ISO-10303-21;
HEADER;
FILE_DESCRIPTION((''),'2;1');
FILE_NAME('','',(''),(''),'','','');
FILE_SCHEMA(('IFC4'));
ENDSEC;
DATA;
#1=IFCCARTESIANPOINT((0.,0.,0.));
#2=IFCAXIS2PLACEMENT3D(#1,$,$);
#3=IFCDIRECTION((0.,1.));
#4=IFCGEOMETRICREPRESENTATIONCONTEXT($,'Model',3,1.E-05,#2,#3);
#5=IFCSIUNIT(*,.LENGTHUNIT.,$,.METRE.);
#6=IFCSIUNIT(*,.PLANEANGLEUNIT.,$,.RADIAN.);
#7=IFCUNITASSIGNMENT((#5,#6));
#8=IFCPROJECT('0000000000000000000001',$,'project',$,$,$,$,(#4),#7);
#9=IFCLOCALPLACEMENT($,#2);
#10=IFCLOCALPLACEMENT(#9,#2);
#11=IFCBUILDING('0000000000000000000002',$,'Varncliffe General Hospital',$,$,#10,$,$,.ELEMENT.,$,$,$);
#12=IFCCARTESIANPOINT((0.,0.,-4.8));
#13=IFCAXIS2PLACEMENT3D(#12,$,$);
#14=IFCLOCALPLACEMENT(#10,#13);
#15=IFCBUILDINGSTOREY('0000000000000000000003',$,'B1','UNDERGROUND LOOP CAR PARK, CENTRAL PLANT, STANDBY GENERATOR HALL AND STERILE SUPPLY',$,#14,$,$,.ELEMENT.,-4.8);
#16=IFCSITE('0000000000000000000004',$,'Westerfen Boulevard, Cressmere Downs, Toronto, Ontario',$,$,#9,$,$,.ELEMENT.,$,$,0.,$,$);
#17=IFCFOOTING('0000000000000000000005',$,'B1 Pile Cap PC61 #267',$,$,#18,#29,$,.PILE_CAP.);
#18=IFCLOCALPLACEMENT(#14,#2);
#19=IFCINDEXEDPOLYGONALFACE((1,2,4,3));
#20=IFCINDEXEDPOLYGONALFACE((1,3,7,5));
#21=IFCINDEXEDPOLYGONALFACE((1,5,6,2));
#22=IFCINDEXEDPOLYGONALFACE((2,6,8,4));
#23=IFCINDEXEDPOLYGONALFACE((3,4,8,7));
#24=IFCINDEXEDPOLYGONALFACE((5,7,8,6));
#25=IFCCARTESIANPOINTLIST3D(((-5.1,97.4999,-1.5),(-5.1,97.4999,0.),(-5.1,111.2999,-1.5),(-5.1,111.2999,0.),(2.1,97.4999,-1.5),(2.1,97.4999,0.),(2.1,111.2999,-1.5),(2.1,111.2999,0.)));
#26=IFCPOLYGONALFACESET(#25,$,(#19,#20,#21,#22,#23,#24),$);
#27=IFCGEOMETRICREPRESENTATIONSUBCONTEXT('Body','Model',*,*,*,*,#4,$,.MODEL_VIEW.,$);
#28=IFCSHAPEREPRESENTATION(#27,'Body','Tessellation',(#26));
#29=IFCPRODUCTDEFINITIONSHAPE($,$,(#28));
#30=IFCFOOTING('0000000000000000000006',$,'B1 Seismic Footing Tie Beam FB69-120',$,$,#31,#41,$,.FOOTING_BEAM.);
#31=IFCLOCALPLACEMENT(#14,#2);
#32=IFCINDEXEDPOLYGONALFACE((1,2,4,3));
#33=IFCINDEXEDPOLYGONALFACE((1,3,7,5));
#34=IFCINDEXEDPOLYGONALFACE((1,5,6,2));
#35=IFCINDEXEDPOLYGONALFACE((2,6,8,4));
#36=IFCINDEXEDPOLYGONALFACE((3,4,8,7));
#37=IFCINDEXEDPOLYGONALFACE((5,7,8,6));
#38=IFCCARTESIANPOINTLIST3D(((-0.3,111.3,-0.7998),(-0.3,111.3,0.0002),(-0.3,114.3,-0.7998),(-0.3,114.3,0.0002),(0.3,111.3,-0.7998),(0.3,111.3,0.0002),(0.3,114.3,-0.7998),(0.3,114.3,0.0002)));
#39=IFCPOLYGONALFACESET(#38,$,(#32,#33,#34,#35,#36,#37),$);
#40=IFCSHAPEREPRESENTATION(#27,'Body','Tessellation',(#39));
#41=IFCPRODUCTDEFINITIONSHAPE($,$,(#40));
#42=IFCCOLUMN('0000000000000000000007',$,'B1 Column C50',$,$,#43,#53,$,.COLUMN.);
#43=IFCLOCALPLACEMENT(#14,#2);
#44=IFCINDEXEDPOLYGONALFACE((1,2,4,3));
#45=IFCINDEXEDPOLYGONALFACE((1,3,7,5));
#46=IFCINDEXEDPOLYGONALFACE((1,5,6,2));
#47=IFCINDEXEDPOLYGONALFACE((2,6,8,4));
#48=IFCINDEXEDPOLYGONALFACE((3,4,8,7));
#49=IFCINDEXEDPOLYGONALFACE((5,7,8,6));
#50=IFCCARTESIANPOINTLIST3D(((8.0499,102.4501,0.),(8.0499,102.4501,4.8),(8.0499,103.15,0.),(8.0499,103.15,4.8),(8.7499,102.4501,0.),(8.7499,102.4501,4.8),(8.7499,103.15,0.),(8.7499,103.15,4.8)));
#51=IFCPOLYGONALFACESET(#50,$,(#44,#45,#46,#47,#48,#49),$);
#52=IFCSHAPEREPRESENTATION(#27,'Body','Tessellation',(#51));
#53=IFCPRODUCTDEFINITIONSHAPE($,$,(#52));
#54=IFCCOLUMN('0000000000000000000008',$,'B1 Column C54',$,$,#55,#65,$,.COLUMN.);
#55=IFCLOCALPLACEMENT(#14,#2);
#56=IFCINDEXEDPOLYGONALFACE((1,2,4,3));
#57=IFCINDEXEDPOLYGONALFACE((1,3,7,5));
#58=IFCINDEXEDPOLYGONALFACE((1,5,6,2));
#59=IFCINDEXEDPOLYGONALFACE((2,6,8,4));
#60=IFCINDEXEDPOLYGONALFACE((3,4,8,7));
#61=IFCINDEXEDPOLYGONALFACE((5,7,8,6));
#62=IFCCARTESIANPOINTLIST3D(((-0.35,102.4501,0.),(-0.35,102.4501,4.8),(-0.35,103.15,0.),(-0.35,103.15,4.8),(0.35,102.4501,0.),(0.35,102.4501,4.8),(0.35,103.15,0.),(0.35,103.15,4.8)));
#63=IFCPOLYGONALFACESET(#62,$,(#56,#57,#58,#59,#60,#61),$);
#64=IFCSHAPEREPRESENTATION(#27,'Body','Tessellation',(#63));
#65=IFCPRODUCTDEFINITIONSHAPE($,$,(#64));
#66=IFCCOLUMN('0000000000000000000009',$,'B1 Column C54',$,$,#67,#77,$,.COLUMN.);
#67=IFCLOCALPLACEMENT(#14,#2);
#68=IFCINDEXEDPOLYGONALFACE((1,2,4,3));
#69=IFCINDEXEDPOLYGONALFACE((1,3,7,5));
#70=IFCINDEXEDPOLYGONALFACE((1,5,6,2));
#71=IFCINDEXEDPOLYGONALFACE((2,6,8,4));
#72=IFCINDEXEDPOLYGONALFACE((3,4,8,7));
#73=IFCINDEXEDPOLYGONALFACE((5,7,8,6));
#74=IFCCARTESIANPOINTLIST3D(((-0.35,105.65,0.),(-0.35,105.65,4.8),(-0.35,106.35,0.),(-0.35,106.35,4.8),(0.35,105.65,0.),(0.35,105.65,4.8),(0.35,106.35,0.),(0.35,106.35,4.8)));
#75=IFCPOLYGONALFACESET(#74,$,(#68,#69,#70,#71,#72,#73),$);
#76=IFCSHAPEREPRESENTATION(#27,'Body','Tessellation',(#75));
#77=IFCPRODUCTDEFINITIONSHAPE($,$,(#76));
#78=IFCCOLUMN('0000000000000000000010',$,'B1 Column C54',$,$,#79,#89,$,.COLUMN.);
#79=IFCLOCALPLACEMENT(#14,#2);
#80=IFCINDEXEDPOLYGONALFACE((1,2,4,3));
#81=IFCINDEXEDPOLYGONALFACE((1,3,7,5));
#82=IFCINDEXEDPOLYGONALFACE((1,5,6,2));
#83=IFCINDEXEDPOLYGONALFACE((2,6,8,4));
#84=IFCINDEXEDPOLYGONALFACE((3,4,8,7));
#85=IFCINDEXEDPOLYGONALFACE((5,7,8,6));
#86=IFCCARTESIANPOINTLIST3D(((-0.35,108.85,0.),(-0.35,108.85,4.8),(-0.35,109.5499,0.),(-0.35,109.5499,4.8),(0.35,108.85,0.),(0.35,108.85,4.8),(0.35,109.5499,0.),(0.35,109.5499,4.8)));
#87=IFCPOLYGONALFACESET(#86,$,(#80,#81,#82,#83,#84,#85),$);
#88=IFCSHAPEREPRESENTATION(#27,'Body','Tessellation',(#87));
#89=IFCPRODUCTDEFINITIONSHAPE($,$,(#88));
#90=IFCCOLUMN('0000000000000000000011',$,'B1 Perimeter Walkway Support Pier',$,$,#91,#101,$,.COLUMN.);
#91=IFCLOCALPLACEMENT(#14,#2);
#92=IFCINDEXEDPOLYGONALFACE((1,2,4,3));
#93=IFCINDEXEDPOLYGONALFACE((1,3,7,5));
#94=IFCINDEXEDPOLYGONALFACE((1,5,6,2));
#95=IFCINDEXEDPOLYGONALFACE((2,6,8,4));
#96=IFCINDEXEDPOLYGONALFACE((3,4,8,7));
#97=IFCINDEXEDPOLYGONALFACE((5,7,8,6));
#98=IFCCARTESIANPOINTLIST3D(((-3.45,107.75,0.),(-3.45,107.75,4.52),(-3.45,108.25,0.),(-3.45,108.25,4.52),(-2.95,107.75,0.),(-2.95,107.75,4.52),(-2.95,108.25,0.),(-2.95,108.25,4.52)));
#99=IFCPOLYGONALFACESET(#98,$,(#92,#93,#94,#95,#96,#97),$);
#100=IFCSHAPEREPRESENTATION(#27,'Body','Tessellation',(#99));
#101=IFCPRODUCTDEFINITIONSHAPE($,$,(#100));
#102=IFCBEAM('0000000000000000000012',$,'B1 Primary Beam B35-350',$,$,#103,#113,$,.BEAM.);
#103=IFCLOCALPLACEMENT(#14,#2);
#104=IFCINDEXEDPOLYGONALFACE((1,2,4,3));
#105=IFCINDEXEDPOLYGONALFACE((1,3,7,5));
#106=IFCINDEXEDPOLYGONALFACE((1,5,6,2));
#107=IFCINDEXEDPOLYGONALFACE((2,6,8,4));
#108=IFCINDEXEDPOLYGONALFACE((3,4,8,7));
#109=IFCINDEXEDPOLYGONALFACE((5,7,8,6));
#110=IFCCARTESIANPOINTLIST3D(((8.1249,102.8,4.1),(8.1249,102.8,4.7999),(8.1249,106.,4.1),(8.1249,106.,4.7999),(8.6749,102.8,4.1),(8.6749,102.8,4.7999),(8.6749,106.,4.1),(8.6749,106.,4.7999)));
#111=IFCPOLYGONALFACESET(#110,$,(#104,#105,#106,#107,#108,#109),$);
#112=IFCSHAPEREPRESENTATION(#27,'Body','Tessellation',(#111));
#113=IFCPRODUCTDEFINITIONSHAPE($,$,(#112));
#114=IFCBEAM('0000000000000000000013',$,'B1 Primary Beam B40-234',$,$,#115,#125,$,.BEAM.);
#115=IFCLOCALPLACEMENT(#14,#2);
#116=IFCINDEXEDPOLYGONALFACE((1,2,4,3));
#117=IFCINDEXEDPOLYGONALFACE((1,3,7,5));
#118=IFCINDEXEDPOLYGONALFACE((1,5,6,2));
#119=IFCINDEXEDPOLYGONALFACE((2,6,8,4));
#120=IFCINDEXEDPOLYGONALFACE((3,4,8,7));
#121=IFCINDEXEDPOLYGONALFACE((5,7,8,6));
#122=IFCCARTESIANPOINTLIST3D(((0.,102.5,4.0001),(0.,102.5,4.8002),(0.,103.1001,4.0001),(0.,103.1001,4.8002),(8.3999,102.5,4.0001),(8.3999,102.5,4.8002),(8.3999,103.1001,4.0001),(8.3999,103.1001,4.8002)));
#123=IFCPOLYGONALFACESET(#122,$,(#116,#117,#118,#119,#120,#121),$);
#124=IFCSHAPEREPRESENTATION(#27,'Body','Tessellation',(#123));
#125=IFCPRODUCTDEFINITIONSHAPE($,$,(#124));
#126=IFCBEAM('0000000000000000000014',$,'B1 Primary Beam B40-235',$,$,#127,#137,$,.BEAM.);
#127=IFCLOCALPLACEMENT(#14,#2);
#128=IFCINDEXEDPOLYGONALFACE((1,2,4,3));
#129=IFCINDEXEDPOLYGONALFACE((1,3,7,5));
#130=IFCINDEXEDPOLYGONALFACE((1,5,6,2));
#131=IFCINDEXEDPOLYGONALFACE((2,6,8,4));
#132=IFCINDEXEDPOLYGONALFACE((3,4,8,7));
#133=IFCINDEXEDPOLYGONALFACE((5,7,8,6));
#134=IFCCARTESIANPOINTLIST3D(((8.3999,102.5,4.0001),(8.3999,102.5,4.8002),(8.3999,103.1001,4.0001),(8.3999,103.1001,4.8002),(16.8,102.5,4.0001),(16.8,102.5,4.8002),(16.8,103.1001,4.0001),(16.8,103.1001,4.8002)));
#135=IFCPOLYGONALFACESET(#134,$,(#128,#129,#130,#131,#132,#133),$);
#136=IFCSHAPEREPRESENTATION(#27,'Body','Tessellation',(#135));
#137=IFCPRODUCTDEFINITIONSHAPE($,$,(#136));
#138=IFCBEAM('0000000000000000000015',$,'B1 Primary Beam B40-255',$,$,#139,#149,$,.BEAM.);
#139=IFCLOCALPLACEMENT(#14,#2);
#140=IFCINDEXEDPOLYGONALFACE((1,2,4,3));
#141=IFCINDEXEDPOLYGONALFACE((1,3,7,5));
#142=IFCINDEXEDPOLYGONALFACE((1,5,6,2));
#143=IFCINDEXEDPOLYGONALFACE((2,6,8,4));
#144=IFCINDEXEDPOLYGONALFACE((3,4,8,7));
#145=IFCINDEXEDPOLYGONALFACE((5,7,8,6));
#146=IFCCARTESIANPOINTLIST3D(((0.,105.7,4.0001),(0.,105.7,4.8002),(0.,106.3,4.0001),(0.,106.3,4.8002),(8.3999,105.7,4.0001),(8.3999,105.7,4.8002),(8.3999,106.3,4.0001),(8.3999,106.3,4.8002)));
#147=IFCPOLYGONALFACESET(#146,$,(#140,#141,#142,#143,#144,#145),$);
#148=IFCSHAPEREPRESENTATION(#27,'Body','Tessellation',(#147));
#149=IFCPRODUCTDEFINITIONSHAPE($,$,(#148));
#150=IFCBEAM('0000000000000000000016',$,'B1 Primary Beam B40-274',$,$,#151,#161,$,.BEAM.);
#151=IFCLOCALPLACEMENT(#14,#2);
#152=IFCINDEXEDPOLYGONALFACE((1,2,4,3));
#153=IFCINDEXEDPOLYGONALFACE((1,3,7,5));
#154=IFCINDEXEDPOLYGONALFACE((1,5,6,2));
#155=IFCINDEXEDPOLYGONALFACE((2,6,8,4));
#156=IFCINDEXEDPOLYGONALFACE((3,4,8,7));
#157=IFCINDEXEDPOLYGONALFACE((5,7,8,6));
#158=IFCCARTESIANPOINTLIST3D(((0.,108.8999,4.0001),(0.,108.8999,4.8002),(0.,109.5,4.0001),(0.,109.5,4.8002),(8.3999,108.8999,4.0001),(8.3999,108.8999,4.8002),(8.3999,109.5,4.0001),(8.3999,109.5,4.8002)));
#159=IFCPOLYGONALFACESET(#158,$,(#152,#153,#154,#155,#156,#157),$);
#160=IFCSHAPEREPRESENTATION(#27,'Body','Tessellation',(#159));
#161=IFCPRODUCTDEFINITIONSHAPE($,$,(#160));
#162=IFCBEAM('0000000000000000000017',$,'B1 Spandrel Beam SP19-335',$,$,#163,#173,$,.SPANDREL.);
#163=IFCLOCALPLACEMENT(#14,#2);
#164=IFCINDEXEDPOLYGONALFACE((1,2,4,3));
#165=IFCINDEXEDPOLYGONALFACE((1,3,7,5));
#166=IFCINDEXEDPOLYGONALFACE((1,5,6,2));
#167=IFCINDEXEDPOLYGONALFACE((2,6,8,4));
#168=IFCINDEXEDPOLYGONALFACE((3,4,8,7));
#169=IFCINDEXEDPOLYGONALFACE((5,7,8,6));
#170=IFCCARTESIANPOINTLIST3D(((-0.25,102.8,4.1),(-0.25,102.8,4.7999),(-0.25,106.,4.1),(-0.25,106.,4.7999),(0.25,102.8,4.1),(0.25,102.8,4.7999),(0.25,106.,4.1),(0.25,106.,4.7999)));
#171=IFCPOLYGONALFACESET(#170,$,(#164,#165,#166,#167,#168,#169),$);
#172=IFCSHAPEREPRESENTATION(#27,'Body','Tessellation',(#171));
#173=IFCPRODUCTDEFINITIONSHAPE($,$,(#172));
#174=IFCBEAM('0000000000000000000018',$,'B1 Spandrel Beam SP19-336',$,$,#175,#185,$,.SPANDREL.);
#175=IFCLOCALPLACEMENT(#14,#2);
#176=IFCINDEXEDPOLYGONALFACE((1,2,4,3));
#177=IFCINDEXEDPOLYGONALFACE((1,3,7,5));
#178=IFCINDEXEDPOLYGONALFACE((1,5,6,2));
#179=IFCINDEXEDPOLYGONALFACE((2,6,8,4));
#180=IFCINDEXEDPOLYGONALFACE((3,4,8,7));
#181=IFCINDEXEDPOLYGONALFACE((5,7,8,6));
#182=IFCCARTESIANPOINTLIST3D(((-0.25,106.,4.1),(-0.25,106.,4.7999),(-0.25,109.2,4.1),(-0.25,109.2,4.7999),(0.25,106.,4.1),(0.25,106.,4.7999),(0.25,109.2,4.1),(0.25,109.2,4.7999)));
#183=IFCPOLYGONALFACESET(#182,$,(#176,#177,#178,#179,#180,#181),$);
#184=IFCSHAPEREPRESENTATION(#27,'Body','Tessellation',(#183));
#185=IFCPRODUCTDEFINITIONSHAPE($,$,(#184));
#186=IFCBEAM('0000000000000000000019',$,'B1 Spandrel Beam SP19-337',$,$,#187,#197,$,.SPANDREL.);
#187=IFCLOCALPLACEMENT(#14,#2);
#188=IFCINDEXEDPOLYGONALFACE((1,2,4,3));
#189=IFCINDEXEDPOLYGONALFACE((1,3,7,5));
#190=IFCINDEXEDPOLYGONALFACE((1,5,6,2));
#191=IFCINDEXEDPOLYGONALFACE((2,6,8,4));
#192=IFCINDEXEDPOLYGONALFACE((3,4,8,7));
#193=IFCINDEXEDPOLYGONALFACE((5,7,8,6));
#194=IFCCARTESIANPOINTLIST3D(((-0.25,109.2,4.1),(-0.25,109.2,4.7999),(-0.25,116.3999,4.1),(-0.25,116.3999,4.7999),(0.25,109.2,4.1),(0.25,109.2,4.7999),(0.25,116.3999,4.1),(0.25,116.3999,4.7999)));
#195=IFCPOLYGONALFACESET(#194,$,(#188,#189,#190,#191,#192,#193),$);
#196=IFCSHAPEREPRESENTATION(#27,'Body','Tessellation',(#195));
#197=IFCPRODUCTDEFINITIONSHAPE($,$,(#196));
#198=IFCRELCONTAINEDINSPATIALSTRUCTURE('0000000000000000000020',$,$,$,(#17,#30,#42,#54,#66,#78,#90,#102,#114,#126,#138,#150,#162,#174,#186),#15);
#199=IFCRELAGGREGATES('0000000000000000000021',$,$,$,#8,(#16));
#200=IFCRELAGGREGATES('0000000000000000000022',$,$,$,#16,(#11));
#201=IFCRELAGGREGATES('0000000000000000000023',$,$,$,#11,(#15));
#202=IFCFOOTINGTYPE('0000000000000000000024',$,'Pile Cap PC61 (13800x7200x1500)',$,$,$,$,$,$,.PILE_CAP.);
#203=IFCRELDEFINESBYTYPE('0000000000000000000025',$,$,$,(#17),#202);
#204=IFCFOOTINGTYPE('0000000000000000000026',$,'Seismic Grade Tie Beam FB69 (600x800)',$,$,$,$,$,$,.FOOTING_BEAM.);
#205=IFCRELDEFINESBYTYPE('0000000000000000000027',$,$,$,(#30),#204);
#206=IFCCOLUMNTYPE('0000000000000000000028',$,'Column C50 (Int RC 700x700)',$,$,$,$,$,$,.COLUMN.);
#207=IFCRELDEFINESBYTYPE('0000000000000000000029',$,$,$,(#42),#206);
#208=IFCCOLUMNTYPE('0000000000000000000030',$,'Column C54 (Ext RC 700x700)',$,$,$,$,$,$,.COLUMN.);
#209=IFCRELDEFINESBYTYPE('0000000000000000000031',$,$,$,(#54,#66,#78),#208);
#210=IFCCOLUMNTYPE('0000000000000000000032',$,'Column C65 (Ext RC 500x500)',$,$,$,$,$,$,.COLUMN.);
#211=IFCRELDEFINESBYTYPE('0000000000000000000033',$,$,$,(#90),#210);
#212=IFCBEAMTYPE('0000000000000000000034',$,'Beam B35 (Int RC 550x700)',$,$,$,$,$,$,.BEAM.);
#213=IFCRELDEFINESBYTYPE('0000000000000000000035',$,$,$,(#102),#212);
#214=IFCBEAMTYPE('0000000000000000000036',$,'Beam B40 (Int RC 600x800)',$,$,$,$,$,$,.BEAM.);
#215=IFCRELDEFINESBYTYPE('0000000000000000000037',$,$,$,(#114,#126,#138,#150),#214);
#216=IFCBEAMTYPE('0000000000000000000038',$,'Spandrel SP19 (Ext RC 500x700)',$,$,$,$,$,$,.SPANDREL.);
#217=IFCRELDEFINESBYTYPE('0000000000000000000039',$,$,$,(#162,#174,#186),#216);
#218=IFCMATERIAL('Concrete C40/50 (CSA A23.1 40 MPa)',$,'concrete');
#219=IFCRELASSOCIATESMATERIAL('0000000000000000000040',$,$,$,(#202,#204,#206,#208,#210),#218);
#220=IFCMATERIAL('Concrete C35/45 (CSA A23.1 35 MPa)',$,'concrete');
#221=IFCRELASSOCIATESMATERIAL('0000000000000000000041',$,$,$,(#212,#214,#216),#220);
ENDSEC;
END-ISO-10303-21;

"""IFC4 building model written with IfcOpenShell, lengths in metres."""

from ifc_helpers import new_model, si_unit, direction, frame, origin, origin_2d, place, context, subcontext, project, spatial, rectangle, extrude, material, material_profile, profile_set, type_object, element, save


model = new_model("IFC4")

# Units and contexts
model_context = context("Model", 3, precision=1e-05, world=origin(), true_north=direction((0.0, 1.0)))
body_context = subcontext(model_context, "Body", "Model", "MODEL_VIEW")
ifc_project = project(units=[si_unit("LENGTHUNIT", "METRE"), si_unit("PLANEANGLEUNIT", "RADIAN")], contexts=[model_context])

# Site, building, storey
site_placement = place(None, origin())
site = spatial("IfcSite", under=ifc_project, at=site_placement, Name="Westerfen Boulevard, Cressmere Downs, Toronto, Ontario", CompositionType="ELEMENT", RefElevation=0.0)
building_placement = place(site_placement, origin())
building = spatial("IfcBuilding", under=site, at=building_placement, Name="Varncliffe General Hospital", CompositionType="ELEMENT")
storey_placement = place(building_placement, frame((0.0, 0.0, -4.8)))
storey = spatial("IfcBuildingStorey", under=building, at=storey_placement, Name="B1", Description="UNDERGROUND LOOP CAR PARK, CENTRAL PLANT, STANDBY GENERATOR HALL AND STERILE SUPPLY", CompositionType="ELEMENT", Elevation=-4.8)

# Shared definitions
ifc_material_1 = material(Name="Concrete C40/50 (CSA A23.1 40 MPa)", Category="concrete")

# Footings
footing_type_1 = type_object("IfcFootingType", Name="Pile Cap PC61 (13800x7200x1500)", PredefinedType="PILE_CAP", material=ifc_material_1)
footing_1_placement = place(storey_placement, frame((-1.5, 104.3999, -1.5), z_axis=(0.0, 0.0, 1.0), x_axis=(1.0, 0.0, 0.0)))
element("IfcFooting", 1, at=footing_1_placement, inside=storey, type_object=footing_type_1, Name="B1 Pile Cap PC61 #267", PredefinedType="PILE_CAP", context=body_context, shape_type="SweptSolid", body=[
    extrude(rectangle(XDim=7.2, YDim=13.8, at=origin_2d()), origin(), (0.0, 0.0, 1.0), 1.5),
])
footing_type_2 = type_object("IfcFootingType", Name="Seismic Grade Tie Beam FB69 (600x800)", PredefinedType="FOOTING_BEAM", material=ifc_material_1)
footing_2_placement = place(storey_placement, frame((0.0, 112.8, -0.7998), z_axis=(0.0, 0.0, 1.0), x_axis=(1.0, 0.0, 0.0)))
element("IfcFooting", 2, at=footing_2_placement, inside=storey, type_object=footing_type_2, Name="B1 Seismic Footing Tie Beam FB69-120", PredefinedType="FOOTING_BEAM", context=body_context, shape_type="SweptSolid", body=[
    extrude(rectangle(XDim=0.6001, YDim=3.0, at=origin_2d()), origin(), (0.0, 0.0, 1.0), 0.8),
])

# Columns
ifc_material_profile_1 = material_profile(ifc_material_1, rectangle(XDim=0.7, YDim=0.7, at=origin_2d()), Name="RC 700x700")
ifc_profile_set_1 = profile_set([ifc_material_profile_1], Name="Concrete C40/50 (CSA A23.1 40 MPa)")
column_type_1 = type_object("IfcColumnType", Name="Column C50 (Int RC 700x700)", PredefinedType="COLUMN", material=ifc_profile_set_1)
column_1_placement = place(storey_placement, frame((8.3999, 102.8, 0.0), z_axis=(0.0, 0.0, 1.0), x_axis=(1.0, 0.0, 0.0)))
element("IfcColumn", 3, at=column_1_placement, inside=storey, type_object=column_type_1, Name="B1 Column C50", PredefinedType="COLUMN", context=body_context, shape_type="SweptSolid", body=[
    extrude(rectangle(XDim=0.7, YDim=0.7, at=origin_2d()), origin(), (0.0, 0.0, 1.0), 4.8),
])
ifc_material_profile_2 = material_profile(ifc_material_1, rectangle(XDim=0.7, YDim=0.7, at=origin_2d()), Name="RC 700x700")
ifc_profile_set_2 = profile_set([ifc_material_profile_2], Name="Concrete C40/50 (CSA A23.1 40 MPa)")
column_type_2 = type_object("IfcColumnType", Name="Column C54 (Ext RC 700x700)", PredefinedType="COLUMN", material=ifc_profile_set_2)
for number, where, z_axis, x_axis, name in (
    (4, (0.0, 102.8, 0.0), (0.0, 0.0, 1.0), (1.0, 0.0, 0.0), "B1 Column C54"),
    (5, (0.0, 106.0, 0.0), (0.0, 0.0, 1.0), (1.0, 0.0, 0.0), "B1 Column C54"),
    (6, (0.0, 109.2, 0.0), (0.0, 0.0, 1.0), (1.0, 0.0, 0.0), "B1 Column C54"),
):
    element("IfcColumn", number, at=place(storey_placement, frame(where, z_axis=z_axis, x_axis=x_axis)), inside=storey, type_object=column_type_2, Name=name, PredefinedType="COLUMN", context=body_context, shape_type="SweptSolid", body=[
        extrude(rectangle(XDim=0.7, YDim=0.7, at=origin_2d()), origin(), (0.0, 0.0, 1.0), 4.8),
    ])
ifc_material_profile_3 = material_profile(ifc_material_1, rectangle(XDim=0.5, YDim=0.5, at=origin_2d()), Name="RC 500x500")
ifc_profile_set_3 = profile_set([ifc_material_profile_3], Name="Concrete C40/50 (CSA A23.1 40 MPa)")
column_type_3 = type_object("IfcColumnType", Name="Column C65 (Ext RC 500x500)", PredefinedType="COLUMN", material=ifc_profile_set_3)
column_2_placement = place(storey_placement, frame((-3.2, 108.0, 0.0), z_axis=(0.0, 0.0, 1.0), x_axis=(1.0, 0.0, 0.0)))
element("IfcColumn", 7, at=column_2_placement, inside=storey, type_object=column_type_3, Name="B1 Perimeter Walkway Support Pier", PredefinedType="COLUMN", context=body_context, shape_type="SweptSolid", body=[
    extrude(rectangle(XDim=0.5, YDim=0.5, at=origin_2d()), origin(), (0.0, 0.0, 1.0), 4.52),
])

# Beams
ifc_material_2 = material(Name="Concrete C35/45 (CSA A23.1 35 MPa)", Category="concrete")
ifc_material_profile_4 = material_profile(ifc_material_2, rectangle(XDim=0.55, YDim=0.7, at=origin_2d()), Name="RC 550x700")
ifc_profile_set_4 = profile_set([ifc_material_profile_4], Name="Concrete C35/45 (CSA A23.1 35 MPa)")
beam_type_1 = type_object("IfcBeamType", Name="Beam B35 (Int RC 550x700)", PredefinedType="BEAM", material=ifc_profile_set_4)
beam_1_placement = place(storey_placement, frame((8.3999, 102.8, 4.45), z_axis=(0.0, 1.0, 0.0), x_axis=(-1.0, 0.0, 0.0)))
element("IfcBeam", 8, at=beam_1_placement, inside=storey, type_object=beam_type_1, Name="B1 Primary Beam B35-350", PredefinedType="BEAM", context=body_context, shape_type="SweptSolid", body=[
    extrude(rectangle(XDim=0.55, YDim=0.7, at=origin_2d()), origin(), (0.0, 0.0, 1.0), 3.2),
])
ifc_material_profile_5 = material_profile(ifc_material_2, rectangle(XDim=0.6001, YDim=0.8, at=origin_2d()), Name="RC 600x800")
ifc_profile_set_5 = profile_set([ifc_material_profile_5], Name="Concrete C35/45 (CSA A23.1 35 MPa)")
beam_type_2 = type_object("IfcBeamType", Name="Beam B40 (Int RC 600x800)", PredefinedType="BEAM", material=ifc_profile_set_5)
beam_2_placement = place(storey_placement, frame((0.0, 102.8, 4.4001), z_axis=(1.0, 0.0, 0.0), x_axis=(0.0, 1.0, 0.0)))
element("IfcBeam", 9, at=beam_2_placement, inside=storey, type_object=beam_type_2, Name="B1 Primary Beam B40-234", PredefinedType="BEAM", context=body_context, shape_type="SweptSolid", body=[
    extrude(rectangle(XDim=0.6001, YDim=0.8, at=origin_2d()), origin(), (0.0, 0.0, 1.0), 8.3999),
])
beam_3_placement = place(storey_placement, frame((8.3999, 102.8, 4.4001), z_axis=(1.0, 0.0, 0.0), x_axis=(0.0, 1.0, 0.0)))
element("IfcBeam", 10, at=beam_3_placement, inside=storey, type_object=beam_type_2, Name="B1 Primary Beam B40-235", PredefinedType="BEAM", context=body_context, shape_type="SweptSolid", body=[
    extrude(rectangle(XDim=0.6001, YDim=0.8, at=origin_2d()), origin(), (0.0, 0.0, 1.0), 8.4001),
])
for number, where, z_axis, x_axis, name in (
    (11, (0.0, 106.0, 4.4001), (1.0, 0.0, 0.0), (0.0, 1.0, 0.0), "B1 Primary Beam B40-255"),
    (12, (0.0, 109.2, 4.4001), (1.0, 0.0, 0.0), (0.0, 1.0, 0.0), "B1 Primary Beam B40-274"),
):
    element("IfcBeam", number, at=place(storey_placement, frame(where, z_axis=z_axis, x_axis=x_axis)), inside=storey, type_object=beam_type_2, Name=name, PredefinedType="BEAM", context=body_context, shape_type="SweptSolid", body=[
        extrude(rectangle(XDim=0.6001, YDim=0.8, at=origin_2d()), origin(), (0.0, 0.0, 1.0), 8.3999),
    ])
ifc_material_profile_6 = material_profile(ifc_material_2, rectangle(XDim=0.5, YDim=0.7, at=origin_2d()), Name="RC 500x700")
ifc_profile_set_6 = profile_set([ifc_material_profile_6], Name="Concrete C35/45 (CSA A23.1 35 MPa)")
beam_type_3 = type_object("IfcBeamType", Name="Spandrel SP19 (Ext RC 500x700)", PredefinedType="SPANDREL", material=ifc_profile_set_6)
for number, where, z_axis, x_axis, name in (
    (13, (0.0, 102.8, 4.45), (0.0, 1.0, 0.0), (-1.0, 0.0, 0.0), "B1 Spandrel Beam SP19-335"),
    (14, (0.0, 106.0, 4.45), (0.0, 1.0, 0.0), (-1.0, 0.0, 0.0), "B1 Spandrel Beam SP19-336"),
):
    element("IfcBeam", number, at=place(storey_placement, frame(where, z_axis=z_axis, x_axis=x_axis)), inside=storey, type_object=beam_type_3, Name=name, PredefinedType="SPANDREL", context=body_context, shape_type="SweptSolid", body=[
        extrude(rectangle(XDim=0.5, YDim=0.7, at=origin_2d()), origin(), (0.0, 0.0, 1.0), 3.2),
    ])
beam_4_placement = place(storey_placement, frame((0.0, 109.2, 4.45), z_axis=(0.0, 1.0, 0.0), x_axis=(-1.0, 0.0, 0.0)))
element("IfcBeam", 15, at=beam_4_placement, inside=storey, type_object=beam_type_3, Name="B1 Spandrel Beam SP19-337", PredefinedType="SPANDREL", context=body_context, shape_type="SweptSolid", body=[
    extrude(rectangle(XDim=0.5, YDim=0.7, at=origin_2d()), origin(), (0.0, 0.0, 1.0), 7.2),
])

save(model, "model.ifc")
